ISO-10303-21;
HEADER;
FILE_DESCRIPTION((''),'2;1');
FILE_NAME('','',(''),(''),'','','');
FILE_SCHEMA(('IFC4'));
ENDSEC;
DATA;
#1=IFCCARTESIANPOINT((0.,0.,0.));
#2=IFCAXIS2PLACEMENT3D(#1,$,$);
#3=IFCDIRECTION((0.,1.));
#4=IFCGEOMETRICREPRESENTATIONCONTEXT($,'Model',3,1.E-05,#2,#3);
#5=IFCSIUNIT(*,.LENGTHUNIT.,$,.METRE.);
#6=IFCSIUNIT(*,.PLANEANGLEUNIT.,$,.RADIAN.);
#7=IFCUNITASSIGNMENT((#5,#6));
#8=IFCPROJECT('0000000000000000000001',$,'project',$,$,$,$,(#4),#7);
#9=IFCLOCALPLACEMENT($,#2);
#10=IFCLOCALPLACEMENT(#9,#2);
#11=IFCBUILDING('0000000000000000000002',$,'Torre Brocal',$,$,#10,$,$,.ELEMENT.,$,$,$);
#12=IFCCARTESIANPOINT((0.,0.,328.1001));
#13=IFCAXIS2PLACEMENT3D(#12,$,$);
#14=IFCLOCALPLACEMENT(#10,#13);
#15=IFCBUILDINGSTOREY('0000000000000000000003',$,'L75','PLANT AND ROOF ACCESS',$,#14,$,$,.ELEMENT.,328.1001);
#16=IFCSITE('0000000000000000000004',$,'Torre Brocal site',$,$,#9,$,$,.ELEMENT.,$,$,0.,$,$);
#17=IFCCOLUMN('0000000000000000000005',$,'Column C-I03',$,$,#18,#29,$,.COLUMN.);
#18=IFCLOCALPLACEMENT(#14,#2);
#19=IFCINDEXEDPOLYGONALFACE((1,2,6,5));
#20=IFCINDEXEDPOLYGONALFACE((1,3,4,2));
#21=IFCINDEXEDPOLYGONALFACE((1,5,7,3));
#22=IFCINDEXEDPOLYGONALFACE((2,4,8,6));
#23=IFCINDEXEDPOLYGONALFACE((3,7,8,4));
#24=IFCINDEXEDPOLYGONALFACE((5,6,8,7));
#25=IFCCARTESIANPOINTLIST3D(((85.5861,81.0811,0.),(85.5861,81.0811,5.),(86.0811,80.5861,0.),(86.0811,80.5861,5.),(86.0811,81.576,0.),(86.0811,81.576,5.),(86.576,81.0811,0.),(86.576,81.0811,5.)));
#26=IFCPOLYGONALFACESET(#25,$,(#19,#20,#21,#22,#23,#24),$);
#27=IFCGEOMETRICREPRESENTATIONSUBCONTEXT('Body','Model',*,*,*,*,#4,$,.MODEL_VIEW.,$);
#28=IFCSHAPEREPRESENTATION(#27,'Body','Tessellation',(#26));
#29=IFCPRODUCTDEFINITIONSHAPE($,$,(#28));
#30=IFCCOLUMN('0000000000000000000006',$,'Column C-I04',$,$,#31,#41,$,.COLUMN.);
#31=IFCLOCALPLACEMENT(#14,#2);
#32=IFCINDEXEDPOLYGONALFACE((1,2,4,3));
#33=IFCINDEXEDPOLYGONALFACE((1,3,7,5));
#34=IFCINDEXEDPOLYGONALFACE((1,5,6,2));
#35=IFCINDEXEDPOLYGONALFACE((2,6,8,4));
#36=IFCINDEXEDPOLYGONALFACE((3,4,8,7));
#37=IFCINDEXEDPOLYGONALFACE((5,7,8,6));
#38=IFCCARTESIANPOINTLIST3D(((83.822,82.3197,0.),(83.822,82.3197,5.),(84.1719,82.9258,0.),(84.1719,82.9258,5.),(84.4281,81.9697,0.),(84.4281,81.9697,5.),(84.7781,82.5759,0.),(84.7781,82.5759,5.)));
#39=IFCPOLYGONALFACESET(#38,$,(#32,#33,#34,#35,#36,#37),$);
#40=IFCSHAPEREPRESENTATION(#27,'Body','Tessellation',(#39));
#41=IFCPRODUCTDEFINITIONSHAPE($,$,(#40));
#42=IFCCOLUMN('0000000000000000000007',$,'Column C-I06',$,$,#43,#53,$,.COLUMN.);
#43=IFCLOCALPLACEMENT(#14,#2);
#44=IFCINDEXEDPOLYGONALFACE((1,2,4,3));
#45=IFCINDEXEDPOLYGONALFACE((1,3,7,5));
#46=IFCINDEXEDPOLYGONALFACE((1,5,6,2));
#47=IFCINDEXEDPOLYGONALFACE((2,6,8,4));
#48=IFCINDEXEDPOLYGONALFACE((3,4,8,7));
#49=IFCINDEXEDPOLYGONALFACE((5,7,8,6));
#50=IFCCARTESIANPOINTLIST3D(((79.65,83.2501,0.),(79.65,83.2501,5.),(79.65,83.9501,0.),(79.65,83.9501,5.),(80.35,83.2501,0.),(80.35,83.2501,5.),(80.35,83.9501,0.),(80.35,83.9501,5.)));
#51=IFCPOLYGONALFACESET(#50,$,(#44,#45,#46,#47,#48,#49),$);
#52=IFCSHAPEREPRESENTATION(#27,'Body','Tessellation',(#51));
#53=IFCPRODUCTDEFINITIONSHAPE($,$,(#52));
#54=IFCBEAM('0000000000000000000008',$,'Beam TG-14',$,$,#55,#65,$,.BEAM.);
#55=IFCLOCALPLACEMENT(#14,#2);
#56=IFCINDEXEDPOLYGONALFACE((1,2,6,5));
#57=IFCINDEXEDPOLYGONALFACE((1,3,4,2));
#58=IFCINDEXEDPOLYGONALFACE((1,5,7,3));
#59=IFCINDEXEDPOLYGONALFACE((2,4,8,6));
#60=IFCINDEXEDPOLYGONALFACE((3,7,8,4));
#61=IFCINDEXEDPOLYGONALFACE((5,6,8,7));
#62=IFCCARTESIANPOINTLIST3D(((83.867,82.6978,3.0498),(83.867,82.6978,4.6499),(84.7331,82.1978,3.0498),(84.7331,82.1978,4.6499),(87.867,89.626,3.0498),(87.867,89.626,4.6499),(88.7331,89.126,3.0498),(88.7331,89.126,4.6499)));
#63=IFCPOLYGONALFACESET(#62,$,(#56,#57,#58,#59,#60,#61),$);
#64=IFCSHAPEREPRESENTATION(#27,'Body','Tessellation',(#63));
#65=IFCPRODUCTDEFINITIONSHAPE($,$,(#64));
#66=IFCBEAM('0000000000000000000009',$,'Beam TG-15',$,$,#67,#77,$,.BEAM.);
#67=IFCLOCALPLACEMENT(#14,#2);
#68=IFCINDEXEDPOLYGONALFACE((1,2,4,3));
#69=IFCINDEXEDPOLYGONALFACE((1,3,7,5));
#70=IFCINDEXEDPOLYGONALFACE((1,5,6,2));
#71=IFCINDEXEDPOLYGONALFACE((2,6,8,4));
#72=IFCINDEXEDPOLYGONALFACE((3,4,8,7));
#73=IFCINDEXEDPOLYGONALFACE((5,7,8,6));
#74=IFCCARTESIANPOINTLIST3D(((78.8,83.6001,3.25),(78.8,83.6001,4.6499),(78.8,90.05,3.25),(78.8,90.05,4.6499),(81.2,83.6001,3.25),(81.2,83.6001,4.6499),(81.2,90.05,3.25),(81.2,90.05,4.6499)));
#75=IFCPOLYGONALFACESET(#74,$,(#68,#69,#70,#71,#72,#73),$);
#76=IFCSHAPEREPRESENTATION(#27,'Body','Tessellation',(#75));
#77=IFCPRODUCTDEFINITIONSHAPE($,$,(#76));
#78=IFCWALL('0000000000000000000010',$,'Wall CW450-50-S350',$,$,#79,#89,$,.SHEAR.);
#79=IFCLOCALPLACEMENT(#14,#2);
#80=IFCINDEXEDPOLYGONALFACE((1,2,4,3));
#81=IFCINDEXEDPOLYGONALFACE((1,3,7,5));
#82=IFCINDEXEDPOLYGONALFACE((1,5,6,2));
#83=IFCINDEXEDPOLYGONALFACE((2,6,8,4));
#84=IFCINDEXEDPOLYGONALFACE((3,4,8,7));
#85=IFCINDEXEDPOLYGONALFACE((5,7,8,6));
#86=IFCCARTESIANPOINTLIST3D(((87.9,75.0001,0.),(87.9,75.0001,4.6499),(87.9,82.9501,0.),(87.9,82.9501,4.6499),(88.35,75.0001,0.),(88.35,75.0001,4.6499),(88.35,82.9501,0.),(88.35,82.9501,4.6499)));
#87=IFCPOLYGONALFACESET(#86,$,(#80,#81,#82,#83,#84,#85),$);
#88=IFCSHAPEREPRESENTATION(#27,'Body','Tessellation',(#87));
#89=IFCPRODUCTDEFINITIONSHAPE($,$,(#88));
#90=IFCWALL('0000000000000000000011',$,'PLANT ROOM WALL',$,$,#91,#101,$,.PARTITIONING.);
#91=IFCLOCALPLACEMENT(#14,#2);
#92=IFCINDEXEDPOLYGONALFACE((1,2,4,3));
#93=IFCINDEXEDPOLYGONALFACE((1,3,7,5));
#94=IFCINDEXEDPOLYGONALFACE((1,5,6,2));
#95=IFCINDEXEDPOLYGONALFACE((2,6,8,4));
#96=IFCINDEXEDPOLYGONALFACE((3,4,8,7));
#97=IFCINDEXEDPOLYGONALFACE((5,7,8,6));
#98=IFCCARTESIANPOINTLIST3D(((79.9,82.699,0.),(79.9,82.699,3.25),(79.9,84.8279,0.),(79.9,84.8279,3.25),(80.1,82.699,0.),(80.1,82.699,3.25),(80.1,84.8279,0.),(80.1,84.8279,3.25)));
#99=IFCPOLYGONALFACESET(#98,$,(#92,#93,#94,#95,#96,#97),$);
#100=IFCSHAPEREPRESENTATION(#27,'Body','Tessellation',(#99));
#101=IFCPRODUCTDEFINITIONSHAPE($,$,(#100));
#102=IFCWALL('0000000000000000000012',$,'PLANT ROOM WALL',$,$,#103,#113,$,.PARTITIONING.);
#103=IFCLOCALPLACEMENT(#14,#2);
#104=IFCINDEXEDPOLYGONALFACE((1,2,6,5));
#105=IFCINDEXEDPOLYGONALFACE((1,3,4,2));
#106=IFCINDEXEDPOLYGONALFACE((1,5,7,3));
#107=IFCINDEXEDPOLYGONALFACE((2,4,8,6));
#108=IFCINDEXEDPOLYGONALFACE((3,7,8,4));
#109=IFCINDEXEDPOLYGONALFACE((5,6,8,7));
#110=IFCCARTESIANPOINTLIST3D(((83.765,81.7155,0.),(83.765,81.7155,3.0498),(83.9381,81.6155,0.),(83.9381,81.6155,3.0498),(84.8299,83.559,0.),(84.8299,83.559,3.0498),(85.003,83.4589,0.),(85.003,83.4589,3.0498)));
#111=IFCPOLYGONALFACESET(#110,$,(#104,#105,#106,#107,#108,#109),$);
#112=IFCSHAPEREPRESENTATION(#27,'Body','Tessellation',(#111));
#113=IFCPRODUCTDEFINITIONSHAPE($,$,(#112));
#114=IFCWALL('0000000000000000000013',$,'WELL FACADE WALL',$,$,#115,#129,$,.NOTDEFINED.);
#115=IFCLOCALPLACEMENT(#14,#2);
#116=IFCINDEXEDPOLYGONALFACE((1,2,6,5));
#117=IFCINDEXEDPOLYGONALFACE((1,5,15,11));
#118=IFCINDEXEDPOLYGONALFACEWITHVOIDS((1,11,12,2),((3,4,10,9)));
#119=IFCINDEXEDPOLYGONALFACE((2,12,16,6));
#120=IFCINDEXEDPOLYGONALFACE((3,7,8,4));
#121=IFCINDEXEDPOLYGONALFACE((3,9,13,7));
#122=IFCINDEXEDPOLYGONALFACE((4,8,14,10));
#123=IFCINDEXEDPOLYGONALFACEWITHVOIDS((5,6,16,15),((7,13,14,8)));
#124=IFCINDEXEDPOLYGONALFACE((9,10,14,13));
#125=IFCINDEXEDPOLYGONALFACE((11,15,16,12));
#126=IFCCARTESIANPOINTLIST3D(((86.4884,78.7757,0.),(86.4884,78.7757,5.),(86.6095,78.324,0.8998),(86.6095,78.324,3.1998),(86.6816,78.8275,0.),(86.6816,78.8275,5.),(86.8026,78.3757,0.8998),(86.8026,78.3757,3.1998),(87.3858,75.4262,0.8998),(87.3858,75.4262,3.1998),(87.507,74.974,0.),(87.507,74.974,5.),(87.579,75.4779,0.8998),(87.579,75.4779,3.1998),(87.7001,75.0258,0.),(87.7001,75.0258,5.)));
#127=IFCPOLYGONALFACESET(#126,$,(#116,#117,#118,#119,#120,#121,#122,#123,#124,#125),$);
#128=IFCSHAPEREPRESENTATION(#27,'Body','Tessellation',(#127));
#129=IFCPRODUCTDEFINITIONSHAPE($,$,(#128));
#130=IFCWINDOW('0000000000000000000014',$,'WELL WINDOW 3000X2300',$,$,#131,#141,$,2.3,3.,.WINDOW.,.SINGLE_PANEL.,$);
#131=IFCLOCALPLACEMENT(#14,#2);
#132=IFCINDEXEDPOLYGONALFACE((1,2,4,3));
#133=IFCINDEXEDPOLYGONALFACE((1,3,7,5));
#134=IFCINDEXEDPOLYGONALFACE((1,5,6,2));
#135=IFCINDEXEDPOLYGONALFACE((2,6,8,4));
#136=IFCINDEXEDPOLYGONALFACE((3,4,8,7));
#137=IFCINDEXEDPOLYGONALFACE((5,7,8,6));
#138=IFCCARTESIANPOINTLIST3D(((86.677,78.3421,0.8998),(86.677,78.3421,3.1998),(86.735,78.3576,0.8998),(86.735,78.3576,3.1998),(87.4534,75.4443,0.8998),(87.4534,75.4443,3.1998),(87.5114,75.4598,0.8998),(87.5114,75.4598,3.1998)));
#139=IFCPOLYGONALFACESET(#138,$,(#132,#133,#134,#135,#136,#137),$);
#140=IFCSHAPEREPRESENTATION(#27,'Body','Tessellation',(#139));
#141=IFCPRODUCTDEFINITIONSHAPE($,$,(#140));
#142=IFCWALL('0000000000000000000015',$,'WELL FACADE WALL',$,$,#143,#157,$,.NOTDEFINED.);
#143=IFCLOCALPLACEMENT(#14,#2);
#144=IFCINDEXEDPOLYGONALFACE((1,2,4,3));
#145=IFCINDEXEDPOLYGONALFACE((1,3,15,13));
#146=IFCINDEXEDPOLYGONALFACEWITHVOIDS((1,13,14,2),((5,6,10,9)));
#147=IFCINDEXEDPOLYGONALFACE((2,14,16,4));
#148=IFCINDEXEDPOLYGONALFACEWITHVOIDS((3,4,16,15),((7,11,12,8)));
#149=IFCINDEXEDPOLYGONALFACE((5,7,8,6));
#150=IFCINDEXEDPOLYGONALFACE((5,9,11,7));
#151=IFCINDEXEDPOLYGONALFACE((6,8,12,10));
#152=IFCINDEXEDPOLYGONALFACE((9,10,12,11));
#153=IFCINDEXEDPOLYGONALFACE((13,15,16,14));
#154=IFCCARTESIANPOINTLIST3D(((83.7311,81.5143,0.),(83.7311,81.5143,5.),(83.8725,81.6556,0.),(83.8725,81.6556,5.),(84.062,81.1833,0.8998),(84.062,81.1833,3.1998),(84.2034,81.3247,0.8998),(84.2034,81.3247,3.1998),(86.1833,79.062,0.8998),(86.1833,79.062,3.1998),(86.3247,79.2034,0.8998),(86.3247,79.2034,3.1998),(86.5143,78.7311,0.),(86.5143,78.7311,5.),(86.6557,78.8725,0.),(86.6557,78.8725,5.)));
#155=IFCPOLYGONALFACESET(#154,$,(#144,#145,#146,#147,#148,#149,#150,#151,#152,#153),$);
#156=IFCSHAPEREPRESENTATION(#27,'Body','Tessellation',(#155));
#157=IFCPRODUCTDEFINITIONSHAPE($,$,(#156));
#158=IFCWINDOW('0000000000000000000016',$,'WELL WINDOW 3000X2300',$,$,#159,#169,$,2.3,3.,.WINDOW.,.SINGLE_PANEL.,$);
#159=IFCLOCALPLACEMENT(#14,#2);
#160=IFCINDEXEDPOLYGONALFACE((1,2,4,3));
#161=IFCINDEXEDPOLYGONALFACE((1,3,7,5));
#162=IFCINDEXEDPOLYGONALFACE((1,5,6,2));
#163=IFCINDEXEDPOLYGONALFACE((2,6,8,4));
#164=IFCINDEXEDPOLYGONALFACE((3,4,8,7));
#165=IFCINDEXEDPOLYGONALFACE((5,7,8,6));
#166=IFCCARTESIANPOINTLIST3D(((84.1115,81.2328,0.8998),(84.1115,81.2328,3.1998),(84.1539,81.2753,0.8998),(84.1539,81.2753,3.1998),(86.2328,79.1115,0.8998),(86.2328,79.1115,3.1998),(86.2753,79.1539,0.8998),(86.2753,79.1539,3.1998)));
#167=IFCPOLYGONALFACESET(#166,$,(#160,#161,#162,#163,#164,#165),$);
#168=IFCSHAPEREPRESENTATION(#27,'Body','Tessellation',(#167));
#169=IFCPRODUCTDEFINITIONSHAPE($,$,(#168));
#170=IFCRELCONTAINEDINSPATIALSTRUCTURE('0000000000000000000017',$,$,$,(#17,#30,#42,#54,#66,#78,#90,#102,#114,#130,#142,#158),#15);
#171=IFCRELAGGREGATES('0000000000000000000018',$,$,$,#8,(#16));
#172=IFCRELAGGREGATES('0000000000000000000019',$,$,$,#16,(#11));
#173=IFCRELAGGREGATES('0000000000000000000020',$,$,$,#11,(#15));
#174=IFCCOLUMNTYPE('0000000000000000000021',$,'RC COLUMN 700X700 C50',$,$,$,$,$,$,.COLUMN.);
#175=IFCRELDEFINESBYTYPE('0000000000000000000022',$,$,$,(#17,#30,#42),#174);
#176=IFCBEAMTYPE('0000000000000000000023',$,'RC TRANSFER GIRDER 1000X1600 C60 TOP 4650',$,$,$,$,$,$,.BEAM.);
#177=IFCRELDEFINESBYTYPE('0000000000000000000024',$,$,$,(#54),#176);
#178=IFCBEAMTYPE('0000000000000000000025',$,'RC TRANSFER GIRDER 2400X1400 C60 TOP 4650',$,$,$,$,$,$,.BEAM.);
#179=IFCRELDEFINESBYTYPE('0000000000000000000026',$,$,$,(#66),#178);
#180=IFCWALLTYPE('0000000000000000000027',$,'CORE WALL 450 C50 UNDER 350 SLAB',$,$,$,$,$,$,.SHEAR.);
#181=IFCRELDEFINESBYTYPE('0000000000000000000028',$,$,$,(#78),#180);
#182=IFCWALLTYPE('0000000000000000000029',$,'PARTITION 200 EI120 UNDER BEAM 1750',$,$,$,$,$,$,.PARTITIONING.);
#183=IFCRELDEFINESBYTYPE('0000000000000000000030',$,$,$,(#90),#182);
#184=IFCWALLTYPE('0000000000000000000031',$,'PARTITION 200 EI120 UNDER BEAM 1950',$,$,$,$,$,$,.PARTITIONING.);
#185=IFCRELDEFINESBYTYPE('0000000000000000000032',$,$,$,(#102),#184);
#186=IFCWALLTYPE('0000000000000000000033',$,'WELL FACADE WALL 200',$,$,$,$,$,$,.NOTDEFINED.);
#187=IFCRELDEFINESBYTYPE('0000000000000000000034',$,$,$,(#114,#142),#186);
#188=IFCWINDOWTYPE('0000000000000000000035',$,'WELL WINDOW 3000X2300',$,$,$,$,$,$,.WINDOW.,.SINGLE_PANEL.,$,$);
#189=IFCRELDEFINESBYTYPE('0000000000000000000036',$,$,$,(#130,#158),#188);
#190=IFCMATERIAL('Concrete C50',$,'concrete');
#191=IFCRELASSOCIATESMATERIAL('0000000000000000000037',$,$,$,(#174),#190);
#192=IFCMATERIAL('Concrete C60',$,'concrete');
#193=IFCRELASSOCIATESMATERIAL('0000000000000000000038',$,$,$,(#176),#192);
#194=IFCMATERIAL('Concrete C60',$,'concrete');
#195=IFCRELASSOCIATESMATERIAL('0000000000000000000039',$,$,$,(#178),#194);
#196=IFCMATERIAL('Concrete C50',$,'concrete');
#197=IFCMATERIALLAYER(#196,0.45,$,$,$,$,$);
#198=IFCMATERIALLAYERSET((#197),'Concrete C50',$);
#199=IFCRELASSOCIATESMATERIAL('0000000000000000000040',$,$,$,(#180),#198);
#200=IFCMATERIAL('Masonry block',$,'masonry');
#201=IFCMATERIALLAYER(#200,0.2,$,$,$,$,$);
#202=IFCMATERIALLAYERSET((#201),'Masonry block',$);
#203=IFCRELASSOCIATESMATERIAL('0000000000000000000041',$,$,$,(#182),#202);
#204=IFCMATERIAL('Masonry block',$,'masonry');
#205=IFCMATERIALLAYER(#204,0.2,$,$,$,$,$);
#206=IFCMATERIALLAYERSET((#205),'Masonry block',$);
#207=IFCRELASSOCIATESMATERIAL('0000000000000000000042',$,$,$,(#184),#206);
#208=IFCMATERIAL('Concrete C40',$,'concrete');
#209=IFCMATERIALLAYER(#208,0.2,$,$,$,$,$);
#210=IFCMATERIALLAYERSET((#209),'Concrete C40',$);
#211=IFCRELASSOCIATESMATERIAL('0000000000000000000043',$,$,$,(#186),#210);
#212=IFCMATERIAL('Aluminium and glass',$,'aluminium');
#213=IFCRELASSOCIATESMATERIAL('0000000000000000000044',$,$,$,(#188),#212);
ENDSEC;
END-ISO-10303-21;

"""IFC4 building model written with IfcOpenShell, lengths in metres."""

from ifc_helpers import new_model, si_unit, direction, frame, frame_2d, origin, origin_2d, place, context, subcontext, project, spatial, rectangle, extrude, material, layer, layer_set, material_profile, profile_set, type_object, element, fill, save


model = new_model("IFC4")

# Units and contexts
model_context = context("Model", 3, precision=1e-05, world=origin(), true_north=direction((0.0, 1.0)))
body_context = subcontext(model_context, "Body", "Model", "MODEL_VIEW")
ifc_project = project(units=[si_unit("LENGTHUNIT", "METRE"), si_unit("PLANEANGLEUNIT", "RADIAN")], contexts=[model_context])

# Site, building, storey
site_placement = place(None, origin())
site = spatial("IfcSite", under=ifc_project, at=site_placement, Name="Torre Brocal site", CompositionType="ELEMENT", RefElevation=0.0)
building_placement = place(site_placement, origin())
building = spatial("IfcBuilding", under=site, at=building_placement, Name="Torre Brocal", CompositionType="ELEMENT")
storey_placement = place(building_placement, frame((0.0, 0.0, 328.1001)))
storey = spatial("IfcBuildingStorey", under=building, at=storey_placement, Name="L75", Description="PLANT AND ROOF ACCESS", CompositionType="ELEMENT", Elevation=328.1001)

# Columns
ifc_material_1 = material(Name="Concrete C50", Category="concrete")
ifc_material_profile_1 = material_profile(ifc_material_1, rectangle(XDim=0.7, YDim=0.7, at=origin_2d()), Name="RC 700X700")
ifc_profile_set_1 = profile_set([ifc_material_profile_1], Name="Concrete C50")
column_type = type_object("IfcColumnType", Name="RC COLUMN 700X700 C50", PredefinedType="COLUMN", material=ifc_profile_set_1)
for number, where, z_axis, x_axis, name in (
    (1, (86.0811, 81.0811, 0.0), (0.0, 0.0, 1.0), (0.707107, 0.707107, 0.0), "Column C-I03"),
    (2, (84.3, 82.4478, 0.0), (0.0, 0.0, 1.0), (0.5, 0.866025, 0.0), "Column C-I04"),
    (3, (80.0, 83.6001, 0.0), (0.0, 0.0, 1.0), (0.0, 1.0, 0.0), "Column C-I06"),
):
    element("IfcColumn", number, at=place(storey_placement, frame(where, z_axis=z_axis, x_axis=x_axis)), inside=storey, type_object=column_type, Name=name, PredefinedType="COLUMN", context=body_context, shape_type="SweptSolid", body=[
        extrude(rectangle(XDim=0.7, YDim=0.7, at=origin_2d()), origin(), (0.0, 0.0, 1.0), 5.0),
    ])

# Beams
ifc_material_2 = material(Name="Concrete C60", Category="concrete")
ifc_material_profile_2 = material_profile(ifc_material_2, rectangle(XDim=1.0, YDim=1.6001, at=origin_2d()), Name="RC 1000X1600")
ifc_profile_set_2 = profile_set([ifc_material_profile_2], Name="Concrete C60")
beam_type_1 = type_object("IfcBeamType", Name="RC TRANSFER GIRDER 1000X1600 C60 TOP 4650", PredefinedType="BEAM", material=ifc_profile_set_2)
beam_1_placement = place(storey_placement, frame((84.3, 82.4478, 3.8499), z_axis=(0.499999, 0.866026, 0.0), x_axis=(-0.866026, 0.499999, 0.0)))
element("IfcBeam", 4, at=beam_1_placement, inside=storey, type_object=beam_type_1, Name="Beam TG-14", PredefinedType="BEAM", context=body_context, shape_type="SweptSolid", body=[
    extrude(rectangle(XDim=1.0, YDim=1.6001, at=origin_2d()), origin(), (0.0, 0.0, 1.0), 8.0),
])
ifc_material_3 = material(Name="Concrete C60", Category="concrete")
ifc_material_profile_3 = material_profile(ifc_material_3, rectangle(XDim=2.3999, YDim=1.3999, at=origin_2d()), Name="RC 2400X1400")
ifc_profile_set_3 = profile_set([ifc_material_profile_3], Name="Concrete C60")
beam_type_2 = type_object("IfcBeamType", Name="RC TRANSFER GIRDER 2400X1400 C60 TOP 4650", PredefinedType="BEAM", material=ifc_profile_set_3)
beam_2_placement = place(storey_placement, frame((80.0, 83.6001, 3.95), z_axis=(0.0, 1.0, 0.0), x_axis=(-1.0, 0.0, 0.0)))
element("IfcBeam", 5, at=beam_2_placement, inside=storey, type_object=beam_type_2, Name="Beam TG-15", PredefinedType="BEAM", context=body_context, shape_type="SweptSolid", body=[
    extrude(rectangle(XDim=2.3999, YDim=1.3999, at=origin_2d()), origin(), (0.0, 0.0, 1.0), 6.45),
])

# Shared definitions
ifc_material_4 = material(Name="Concrete C50", Category="concrete")
ifc_layer_1 = layer(ifc_material_4, 0.45)
ifc_layer_set_1 = layer_set([ifc_layer_1], Name="Concrete C50")
wall_type_1 = type_object("IfcWallType", Name="CORE WALL 450 C50 UNDER 350 SLAB", PredefinedType="SHEAR", material=ifc_layer_set_1)

# Wall
wall_1_placement = place(storey_placement, frame((88.125, 75.0, 0.0), z_axis=(0.0, 0.0, 1.0), x_axis=(0.0, 1.0, 0.0)))
element("IfcWall", 6, at=wall_1_placement, inside=storey, type_object=wall_type_1, Name="Wall CW450-50-S350", PredefinedType="SHEAR", context=body_context, shape_type="SweptSolid", body=[
    extrude(rectangle(XDim=7.95, YDim=0.45, at=frame_2d((3.9751, 0.0))), origin(), (0.0, 0.0, 1.0), 4.6499),
])

# Walls
ifc_material_5 = material(Name="Masonry block", Category="masonry")
ifc_layer_2 = layer(ifc_material_5, 0.2)
ifc_layer_set_2 = layer_set([ifc_layer_2], Name="Masonry block")
wall_type_2 = type_object("IfcWallType", Name="PARTITION 200 EI120 UNDER BEAM 1750", PredefinedType="PARTITIONING", material=ifc_layer_set_2)
wall_2_placement = place(storey_placement, frame((80.0, 82.699, 0.0), z_axis=(0.0, 0.0, 1.0), x_axis=(0.0, 1.0, 0.0)))
element("IfcWall", 7, at=wall_2_placement, inside=storey, type_object=wall_type_2, Name="PLANT ROOM WALL", PredefinedType="PARTITIONING", context=body_context, shape_type="SweptSolid", body=[
    extrude(rectangle(XDim=2.1289, YDim=0.2, at=frame_2d((1.0645, 0.0))), origin(), (0.0, 0.0, 1.0), 3.25),
])
ifc_material_6 = material(Name="Masonry block", Category="masonry")
ifc_layer_3 = layer(ifc_material_6, 0.2)
ifc_layer_set_3 = layer_set([ifc_layer_3], Name="Masonry block")
wall_type_3 = type_object("IfcWallType", Name="PARTITION 200 EI120 UNDER BEAM 1950", PredefinedType="PARTITIONING", material=ifc_layer_set_3)
wall_3_placement = place(storey_placement, frame((83.8516, 81.6655, 0.0), z_axis=(0.0, 0.0, 1.0), x_axis=(0.500209, 0.865905, 0.0)))
element("IfcWall", 8, at=wall_3_placement, inside=storey, type_object=wall_type_3, Name="PLANT ROOM WALL", PredefinedType="PARTITIONING", context=body_context, shape_type="SweptSolid", body=[
    extrude(rectangle(XDim=2.1289, YDim=0.2, at=frame_2d((1.0645, 0.0))), origin(), (0.0, 0.0, 1.0), 3.0498),
])

# Walls, openings, windows
ifc_material_7 = material(Name="Concrete C40", Category="concrete")
ifc_layer_4 = layer(ifc_material_7, 0.2)
ifc_layer_set_4 = layer_set([ifc_layer_4], Name="Concrete C40")
wall_type_4 = type_object("IfcWallType", Name="WELL FACADE WALL 200", PredefinedType="NOTDEFINED", material=ifc_layer_set_4)
wall_4_placement = place(storey_placement, frame((87.6035, 75.0, 0.0), z_axis=(0.0, 0.0, 1.0), x_axis=(-0.25879, 0.965934, 0.0)))
wall_4 = element("IfcWall", 9, at=wall_4_placement, inside=storey, type_object=wall_type_4, Name="WELL FACADE WALL", PredefinedType="NOTDEFINED", context=body_context, shape_type="SweptSolid", body=[
    extrude(rectangle(XDim=3.9358, YDim=0.2, at=frame_2d((1.9678, 0.0))), origin(), (0.0, 0.0, 1.0), 5.0),
])
opening_1_placement = place(wall_4_placement, frame((0.468, 0.0, 0.8999)))
opening_1 = element("IfcOpeningElement", 10, at=opening_1_placement, cuts=wall_4, PredefinedType="OPENING", context=body_context, shape_type="SweptSolid", body=[
    extrude(rectangle(XDim=3.0, YDim=2.3, at=frame_2d((1.5, 1.1499))), frame((0.0, 0.1099, 0.0), z_axis=(0.0, -1.0, 0.0), x_axis=(1.0, 0.0, 0.0)), (0.0, 0.0, 1.0), 0.22),
])
ifc_material_8 = material(Name="Aluminium and glass", Category="aluminium")
window_type = type_object("IfcWindowType", Name="WELL WINDOW 3000X2300", PartitioningType="SINGLE_PANEL", PredefinedType="WINDOW", material=ifc_material_8)
window_1_placement = place(opening_1_placement, origin())
window_1 = element("IfcWindow", 11, at=window_1_placement, inside=storey, type_object=window_type, Name="WELL WINDOW 3000X2300", OverallHeight=2.3, OverallWidth=3.0, PartitioningType="SINGLE_PANEL", PredefinedType="WINDOW", context=body_context, shape_type="SweptSolid", body=[
    extrude(rectangle(XDim=3.0, YDim=2.3, at=frame_2d((1.5, 1.1499))), frame((0.0, 0.03, 0.0), z_axis=(0.0, -1.0, 0.0), x_axis=(1.0, 0.0, 0.0)), (0.0, 0.0, 1.0), 0.0601),
])
fill(opening_1, window_1)
wall_5_placement = place(storey_placement, frame((86.585, 78.8018, 0.0), z_axis=(0.0, 0.0, 1.0), x_axis=(-0.707107, 0.707107, 0.0)))
wall_5 = element("IfcWall", 12, at=wall_5_placement, inside=storey, type_object=wall_type_4, Name="WELL FACADE WALL", PredefinedType="NOTDEFINED", context=body_context, shape_type="SweptSolid", body=[
    extrude(rectangle(XDim=3.936, YDim=0.2, at=frame_2d((1.968, 0.0))), origin(), (0.0, 0.0, 1.0), 5.0),
])
opening_2_placement = place(wall_5_placement, frame((0.468, 0.0, 0.8999)))
opening_2 = element("IfcOpeningElement", 13, at=opening_2_placement, cuts=wall_5, PredefinedType="OPENING", context=body_context, shape_type="SweptSolid", body=[
    extrude(rectangle(XDim=3.0, YDim=2.3, at=frame_2d((1.5, 1.1499))), frame((0.0, 0.1099, 0.0), z_axis=(0.0, -1.0, 0.0), x_axis=(1.0, 0.0, 0.0)), (0.0, 0.0, 1.0), 0.22),
])
window_2_placement = place(opening_2_placement, origin())
window_2 = element("IfcWindow", 14, at=window_2_placement, inside=storey, type_object=window_type, Name="WELL WINDOW 3000X2300", OverallHeight=2.3, OverallWidth=3.0, PartitioningType="SINGLE_PANEL", PredefinedType="WINDOW", context=body_context, shape_type="SweptSolid", body=[
    extrude(rectangle(XDim=3.0, YDim=2.3, at=frame_2d((1.5, 1.1499))), frame((0.0, 0.03, 0.0), z_axis=(0.0, -1.0, 0.0), x_axis=(1.0, 0.0, 0.0)), (0.0, 0.0, 1.0), 0.0601),
])
fill(opening_2, window_2)

save(model, "model.ifc")
